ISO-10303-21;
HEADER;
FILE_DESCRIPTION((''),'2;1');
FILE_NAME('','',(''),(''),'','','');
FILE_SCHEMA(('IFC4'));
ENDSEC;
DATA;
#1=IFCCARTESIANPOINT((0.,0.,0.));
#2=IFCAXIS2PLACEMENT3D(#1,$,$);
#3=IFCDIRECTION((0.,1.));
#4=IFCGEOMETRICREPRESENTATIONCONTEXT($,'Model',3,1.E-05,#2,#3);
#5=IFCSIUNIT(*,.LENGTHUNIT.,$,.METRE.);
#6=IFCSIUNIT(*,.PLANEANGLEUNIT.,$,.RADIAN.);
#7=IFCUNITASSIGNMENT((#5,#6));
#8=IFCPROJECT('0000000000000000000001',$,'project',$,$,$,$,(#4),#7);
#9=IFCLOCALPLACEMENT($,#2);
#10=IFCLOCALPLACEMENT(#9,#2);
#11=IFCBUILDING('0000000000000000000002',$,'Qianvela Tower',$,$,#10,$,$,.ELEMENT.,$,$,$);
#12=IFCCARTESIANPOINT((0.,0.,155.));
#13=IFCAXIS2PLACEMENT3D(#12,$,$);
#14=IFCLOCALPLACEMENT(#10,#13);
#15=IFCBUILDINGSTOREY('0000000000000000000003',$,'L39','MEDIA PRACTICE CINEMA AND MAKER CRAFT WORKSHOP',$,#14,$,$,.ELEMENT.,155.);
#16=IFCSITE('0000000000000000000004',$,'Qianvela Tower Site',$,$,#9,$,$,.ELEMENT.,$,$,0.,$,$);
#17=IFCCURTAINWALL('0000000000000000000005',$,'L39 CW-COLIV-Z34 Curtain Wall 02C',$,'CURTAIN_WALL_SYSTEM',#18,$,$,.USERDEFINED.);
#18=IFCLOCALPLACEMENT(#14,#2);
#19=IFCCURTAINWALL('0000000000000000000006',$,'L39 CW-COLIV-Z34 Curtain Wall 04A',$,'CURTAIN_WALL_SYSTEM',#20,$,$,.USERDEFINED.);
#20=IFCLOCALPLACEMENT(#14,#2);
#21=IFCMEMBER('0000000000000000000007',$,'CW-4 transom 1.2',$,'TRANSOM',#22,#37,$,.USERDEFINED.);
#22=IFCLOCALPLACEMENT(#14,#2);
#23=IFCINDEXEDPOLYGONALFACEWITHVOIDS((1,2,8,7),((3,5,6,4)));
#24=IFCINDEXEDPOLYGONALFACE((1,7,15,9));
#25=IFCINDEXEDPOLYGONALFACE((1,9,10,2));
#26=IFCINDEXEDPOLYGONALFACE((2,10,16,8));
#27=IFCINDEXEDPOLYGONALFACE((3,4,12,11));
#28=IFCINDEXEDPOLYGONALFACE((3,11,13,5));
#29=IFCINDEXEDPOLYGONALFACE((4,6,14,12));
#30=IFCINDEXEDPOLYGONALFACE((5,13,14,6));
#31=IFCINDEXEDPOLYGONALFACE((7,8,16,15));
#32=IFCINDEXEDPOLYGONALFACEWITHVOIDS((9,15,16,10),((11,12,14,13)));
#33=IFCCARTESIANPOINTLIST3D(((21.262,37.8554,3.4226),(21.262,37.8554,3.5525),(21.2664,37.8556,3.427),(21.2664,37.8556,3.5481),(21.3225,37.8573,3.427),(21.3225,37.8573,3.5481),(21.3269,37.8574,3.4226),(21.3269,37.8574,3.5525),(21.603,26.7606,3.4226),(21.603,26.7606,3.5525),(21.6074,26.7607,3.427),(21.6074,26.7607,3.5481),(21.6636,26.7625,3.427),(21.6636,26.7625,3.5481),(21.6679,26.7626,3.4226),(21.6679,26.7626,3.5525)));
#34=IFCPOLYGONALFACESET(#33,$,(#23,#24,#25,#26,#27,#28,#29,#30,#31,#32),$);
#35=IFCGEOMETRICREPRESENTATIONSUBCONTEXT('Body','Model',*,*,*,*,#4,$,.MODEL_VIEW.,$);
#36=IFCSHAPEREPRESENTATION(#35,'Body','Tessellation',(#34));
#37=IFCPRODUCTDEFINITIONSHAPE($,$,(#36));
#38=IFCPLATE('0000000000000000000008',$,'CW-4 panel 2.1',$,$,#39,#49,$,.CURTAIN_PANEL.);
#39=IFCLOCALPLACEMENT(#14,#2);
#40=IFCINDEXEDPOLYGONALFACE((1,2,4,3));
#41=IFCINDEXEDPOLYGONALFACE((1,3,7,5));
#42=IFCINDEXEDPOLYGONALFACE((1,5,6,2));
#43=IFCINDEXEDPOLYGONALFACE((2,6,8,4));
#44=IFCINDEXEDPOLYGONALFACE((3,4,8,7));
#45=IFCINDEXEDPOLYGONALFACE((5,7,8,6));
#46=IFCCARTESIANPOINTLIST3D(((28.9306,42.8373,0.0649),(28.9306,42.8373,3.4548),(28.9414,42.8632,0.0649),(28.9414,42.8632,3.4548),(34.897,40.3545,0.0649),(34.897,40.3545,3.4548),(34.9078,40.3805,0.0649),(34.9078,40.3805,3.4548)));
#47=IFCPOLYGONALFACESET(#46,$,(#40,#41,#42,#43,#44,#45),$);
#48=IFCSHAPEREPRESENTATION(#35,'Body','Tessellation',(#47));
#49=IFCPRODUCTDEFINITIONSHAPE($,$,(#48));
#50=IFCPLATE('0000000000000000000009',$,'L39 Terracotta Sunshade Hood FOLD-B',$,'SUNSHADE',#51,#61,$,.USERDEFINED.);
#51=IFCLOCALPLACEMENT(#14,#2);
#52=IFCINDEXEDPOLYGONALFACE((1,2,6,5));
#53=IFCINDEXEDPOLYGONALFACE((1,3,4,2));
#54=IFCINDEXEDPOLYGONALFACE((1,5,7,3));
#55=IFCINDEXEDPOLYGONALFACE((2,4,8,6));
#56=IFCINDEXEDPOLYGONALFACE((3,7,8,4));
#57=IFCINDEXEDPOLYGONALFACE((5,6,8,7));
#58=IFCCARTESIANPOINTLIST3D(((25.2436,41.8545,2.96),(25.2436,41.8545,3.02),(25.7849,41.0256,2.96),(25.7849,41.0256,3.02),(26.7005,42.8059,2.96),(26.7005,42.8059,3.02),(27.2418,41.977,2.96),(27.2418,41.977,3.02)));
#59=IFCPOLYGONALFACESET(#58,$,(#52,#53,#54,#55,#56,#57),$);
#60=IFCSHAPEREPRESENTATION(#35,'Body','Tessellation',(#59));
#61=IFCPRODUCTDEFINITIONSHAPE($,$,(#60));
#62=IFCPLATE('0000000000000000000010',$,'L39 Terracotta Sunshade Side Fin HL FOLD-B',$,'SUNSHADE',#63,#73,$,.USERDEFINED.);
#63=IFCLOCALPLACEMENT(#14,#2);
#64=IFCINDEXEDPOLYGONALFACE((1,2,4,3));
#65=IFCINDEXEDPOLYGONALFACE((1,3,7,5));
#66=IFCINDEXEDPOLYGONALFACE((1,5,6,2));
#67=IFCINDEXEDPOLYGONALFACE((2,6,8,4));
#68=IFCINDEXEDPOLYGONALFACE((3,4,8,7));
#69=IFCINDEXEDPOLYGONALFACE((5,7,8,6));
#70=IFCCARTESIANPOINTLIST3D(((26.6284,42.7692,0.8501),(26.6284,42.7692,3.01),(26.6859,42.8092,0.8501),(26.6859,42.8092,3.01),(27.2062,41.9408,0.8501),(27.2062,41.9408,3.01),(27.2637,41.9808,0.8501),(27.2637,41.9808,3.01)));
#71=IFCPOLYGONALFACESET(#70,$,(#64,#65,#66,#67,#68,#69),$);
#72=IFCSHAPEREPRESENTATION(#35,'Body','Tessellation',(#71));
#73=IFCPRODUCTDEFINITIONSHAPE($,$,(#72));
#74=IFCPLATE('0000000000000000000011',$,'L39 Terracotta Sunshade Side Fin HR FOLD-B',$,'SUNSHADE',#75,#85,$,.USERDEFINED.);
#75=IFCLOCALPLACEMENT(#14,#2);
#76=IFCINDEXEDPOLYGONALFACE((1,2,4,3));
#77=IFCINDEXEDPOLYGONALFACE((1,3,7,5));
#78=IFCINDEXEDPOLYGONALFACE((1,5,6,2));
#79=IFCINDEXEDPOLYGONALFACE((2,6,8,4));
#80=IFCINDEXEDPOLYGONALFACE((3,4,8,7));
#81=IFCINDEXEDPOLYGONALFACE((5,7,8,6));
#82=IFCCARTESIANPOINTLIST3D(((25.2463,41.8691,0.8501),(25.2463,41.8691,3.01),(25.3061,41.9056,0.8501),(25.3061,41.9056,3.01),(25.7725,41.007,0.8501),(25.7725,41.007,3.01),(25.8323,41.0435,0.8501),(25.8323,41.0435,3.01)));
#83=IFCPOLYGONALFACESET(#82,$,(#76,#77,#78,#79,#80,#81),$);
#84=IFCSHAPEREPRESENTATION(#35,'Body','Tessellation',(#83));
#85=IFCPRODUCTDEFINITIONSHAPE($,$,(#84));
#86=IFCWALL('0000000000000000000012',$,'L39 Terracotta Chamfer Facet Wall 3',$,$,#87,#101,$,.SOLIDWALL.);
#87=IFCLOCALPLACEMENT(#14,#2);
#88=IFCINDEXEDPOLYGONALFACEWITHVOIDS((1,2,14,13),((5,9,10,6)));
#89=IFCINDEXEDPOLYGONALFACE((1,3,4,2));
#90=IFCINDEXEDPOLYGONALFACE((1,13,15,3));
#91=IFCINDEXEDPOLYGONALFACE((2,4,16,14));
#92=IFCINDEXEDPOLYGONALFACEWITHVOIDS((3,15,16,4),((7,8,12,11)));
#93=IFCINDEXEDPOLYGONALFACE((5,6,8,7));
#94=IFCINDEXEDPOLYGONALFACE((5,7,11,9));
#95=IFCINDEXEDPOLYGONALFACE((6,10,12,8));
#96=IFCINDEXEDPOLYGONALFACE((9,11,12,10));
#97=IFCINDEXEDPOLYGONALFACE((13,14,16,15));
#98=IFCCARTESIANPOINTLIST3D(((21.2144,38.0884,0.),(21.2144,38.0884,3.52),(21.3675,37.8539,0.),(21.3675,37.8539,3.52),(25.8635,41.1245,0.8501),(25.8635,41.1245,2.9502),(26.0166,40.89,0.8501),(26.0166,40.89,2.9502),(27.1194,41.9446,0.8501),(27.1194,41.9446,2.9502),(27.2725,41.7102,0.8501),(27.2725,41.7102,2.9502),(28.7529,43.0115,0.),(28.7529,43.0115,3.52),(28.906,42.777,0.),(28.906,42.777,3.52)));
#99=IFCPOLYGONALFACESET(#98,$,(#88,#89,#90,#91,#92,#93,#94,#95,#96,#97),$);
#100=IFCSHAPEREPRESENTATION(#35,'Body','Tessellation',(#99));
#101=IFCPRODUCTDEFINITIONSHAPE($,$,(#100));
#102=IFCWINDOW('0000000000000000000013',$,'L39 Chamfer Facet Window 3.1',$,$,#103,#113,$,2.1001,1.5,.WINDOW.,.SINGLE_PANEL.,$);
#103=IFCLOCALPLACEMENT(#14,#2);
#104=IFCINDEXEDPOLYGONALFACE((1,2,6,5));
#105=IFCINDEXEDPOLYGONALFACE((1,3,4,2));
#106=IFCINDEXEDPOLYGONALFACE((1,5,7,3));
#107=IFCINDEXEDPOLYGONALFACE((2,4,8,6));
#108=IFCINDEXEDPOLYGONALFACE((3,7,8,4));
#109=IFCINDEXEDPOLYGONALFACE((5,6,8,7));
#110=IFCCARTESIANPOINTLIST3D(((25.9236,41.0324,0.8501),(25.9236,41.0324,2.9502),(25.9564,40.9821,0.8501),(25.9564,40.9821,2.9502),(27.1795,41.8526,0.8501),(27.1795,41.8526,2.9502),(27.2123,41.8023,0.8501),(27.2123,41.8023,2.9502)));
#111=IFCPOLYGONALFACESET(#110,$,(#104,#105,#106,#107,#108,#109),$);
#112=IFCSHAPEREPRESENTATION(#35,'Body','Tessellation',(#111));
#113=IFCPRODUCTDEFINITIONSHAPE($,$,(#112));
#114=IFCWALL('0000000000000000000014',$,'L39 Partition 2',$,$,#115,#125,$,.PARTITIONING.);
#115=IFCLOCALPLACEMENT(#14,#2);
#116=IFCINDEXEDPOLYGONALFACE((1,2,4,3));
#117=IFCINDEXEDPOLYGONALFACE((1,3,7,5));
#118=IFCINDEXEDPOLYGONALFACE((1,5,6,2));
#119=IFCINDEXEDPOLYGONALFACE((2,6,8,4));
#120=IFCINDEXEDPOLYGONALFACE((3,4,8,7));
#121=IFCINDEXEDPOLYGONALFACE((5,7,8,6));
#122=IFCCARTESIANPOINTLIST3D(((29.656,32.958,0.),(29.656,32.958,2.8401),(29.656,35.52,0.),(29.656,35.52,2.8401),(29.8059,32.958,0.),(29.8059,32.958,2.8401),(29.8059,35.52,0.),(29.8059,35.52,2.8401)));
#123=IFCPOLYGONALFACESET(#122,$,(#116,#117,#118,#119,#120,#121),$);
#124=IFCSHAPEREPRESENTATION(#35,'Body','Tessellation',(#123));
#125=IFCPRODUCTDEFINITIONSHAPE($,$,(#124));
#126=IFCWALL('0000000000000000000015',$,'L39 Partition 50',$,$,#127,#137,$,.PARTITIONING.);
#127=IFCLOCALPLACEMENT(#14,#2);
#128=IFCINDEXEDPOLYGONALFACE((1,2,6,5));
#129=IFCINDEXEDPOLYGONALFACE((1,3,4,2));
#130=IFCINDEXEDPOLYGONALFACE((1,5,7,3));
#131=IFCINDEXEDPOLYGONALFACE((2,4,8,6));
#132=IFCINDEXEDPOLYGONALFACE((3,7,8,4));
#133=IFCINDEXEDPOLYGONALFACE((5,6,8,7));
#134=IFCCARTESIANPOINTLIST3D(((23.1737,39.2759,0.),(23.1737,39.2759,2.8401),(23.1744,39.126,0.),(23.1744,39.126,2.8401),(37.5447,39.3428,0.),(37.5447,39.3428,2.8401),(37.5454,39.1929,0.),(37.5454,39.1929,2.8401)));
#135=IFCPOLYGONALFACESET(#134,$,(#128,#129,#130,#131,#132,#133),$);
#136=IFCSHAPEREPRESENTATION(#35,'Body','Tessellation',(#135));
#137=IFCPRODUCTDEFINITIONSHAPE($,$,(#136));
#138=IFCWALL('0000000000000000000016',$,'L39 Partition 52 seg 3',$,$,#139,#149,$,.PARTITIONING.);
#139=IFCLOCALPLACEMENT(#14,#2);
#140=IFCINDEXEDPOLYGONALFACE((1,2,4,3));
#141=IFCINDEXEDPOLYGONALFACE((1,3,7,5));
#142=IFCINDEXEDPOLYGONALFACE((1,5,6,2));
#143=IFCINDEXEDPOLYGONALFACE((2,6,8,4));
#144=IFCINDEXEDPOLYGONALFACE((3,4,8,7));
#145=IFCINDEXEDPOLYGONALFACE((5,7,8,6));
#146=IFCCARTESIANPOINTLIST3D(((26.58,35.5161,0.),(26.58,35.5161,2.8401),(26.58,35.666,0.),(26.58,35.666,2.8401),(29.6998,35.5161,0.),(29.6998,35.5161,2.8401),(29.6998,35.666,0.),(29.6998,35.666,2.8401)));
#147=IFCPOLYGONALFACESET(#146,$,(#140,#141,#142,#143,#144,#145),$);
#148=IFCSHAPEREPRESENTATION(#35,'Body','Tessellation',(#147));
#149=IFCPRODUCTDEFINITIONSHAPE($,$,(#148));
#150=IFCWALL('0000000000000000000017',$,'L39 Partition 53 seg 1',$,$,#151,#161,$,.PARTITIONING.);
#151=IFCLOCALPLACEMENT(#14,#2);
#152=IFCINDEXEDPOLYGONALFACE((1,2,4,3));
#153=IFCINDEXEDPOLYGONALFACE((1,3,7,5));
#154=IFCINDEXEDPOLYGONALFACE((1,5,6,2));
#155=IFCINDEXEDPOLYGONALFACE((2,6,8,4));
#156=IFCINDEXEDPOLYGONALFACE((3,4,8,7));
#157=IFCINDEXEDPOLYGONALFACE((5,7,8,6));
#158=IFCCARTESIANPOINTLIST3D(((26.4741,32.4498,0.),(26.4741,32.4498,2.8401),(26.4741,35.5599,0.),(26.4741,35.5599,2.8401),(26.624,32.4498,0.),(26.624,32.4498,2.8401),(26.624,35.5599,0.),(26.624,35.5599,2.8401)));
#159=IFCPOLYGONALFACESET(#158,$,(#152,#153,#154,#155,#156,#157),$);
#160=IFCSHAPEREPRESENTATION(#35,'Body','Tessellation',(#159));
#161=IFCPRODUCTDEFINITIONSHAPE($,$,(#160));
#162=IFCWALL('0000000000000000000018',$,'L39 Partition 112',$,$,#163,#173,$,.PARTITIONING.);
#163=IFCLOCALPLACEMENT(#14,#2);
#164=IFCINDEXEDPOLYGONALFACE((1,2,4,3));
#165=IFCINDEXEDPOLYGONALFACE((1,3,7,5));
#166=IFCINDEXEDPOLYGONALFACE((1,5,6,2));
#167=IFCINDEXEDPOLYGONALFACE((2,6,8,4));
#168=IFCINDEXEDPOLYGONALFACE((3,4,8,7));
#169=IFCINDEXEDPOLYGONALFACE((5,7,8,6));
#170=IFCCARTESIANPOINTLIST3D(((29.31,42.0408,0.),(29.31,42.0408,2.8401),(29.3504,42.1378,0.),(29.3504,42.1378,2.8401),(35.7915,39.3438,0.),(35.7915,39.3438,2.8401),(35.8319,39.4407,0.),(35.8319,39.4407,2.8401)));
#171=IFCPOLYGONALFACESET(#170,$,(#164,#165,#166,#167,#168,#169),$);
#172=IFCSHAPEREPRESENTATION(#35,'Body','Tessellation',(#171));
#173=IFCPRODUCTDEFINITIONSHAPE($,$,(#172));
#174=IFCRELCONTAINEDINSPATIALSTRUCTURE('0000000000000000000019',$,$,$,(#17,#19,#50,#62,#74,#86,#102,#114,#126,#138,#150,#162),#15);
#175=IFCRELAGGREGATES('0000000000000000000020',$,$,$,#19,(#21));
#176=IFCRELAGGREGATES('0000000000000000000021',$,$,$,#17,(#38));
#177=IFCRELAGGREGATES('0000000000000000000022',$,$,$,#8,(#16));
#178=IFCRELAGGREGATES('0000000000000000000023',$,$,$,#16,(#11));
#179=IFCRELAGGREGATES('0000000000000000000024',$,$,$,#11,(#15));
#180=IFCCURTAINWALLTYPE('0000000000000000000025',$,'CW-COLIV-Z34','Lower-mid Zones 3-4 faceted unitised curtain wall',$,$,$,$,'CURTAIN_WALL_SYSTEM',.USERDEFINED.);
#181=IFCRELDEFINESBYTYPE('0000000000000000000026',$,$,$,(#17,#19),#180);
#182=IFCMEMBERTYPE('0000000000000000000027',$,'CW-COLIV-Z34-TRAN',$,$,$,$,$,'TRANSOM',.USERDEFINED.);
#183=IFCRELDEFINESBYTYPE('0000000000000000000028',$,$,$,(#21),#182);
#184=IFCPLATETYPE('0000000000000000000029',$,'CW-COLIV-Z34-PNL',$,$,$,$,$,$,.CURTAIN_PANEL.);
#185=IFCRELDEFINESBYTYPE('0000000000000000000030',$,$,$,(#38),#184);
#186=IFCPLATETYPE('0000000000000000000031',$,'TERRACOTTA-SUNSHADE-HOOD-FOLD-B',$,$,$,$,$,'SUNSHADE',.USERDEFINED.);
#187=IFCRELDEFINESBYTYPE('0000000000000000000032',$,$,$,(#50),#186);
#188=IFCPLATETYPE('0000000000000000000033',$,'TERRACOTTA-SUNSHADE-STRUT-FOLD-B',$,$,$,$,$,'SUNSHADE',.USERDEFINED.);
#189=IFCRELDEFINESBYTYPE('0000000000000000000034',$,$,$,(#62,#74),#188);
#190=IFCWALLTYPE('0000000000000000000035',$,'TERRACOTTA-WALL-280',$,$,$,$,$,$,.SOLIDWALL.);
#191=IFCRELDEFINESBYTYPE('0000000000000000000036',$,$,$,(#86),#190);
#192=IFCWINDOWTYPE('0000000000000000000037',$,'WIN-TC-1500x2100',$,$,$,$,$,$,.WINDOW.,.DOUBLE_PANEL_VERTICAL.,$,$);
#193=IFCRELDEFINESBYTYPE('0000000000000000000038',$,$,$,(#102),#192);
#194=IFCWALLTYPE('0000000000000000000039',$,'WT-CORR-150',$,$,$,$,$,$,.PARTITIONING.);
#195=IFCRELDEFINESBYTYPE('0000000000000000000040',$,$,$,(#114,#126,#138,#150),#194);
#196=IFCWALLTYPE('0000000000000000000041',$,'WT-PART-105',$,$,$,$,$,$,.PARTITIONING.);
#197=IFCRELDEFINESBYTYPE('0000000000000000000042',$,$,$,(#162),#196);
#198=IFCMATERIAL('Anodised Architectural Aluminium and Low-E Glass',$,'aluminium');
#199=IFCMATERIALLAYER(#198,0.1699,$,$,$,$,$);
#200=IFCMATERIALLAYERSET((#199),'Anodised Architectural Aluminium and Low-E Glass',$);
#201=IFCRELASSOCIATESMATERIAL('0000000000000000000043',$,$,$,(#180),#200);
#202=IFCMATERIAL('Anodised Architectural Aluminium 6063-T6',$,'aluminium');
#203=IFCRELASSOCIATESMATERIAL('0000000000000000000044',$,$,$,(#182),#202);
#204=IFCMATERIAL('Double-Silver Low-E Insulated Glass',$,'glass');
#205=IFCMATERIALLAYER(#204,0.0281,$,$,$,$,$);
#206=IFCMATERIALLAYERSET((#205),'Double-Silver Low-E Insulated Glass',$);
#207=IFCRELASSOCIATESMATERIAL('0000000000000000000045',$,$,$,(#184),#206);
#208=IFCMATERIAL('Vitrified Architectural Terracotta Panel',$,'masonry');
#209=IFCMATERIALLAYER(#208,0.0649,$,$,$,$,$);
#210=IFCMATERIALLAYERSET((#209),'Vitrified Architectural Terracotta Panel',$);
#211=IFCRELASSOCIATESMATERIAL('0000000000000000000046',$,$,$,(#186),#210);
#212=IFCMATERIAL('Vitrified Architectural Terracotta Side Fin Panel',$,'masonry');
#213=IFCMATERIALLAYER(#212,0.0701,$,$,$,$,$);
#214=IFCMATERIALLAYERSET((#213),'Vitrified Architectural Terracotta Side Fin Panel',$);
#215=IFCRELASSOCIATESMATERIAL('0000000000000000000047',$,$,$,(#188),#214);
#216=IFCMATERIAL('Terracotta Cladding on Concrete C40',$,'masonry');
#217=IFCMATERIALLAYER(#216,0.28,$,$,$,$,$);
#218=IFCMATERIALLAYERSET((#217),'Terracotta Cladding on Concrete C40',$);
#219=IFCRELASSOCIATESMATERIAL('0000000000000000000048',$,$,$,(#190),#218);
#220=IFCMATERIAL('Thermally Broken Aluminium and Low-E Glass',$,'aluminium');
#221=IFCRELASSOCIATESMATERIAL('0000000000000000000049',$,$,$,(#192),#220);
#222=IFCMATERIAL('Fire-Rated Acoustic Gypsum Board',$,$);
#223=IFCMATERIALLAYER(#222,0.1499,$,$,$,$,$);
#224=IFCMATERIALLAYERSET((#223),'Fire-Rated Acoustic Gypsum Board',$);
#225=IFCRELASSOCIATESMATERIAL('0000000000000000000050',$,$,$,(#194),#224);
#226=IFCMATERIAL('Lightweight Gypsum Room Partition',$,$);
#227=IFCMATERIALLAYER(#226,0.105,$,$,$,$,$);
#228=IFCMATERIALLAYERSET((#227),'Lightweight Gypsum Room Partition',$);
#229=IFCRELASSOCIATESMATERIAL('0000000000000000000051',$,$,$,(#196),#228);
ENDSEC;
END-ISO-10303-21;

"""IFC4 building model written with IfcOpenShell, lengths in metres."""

from ifc_helpers import new_model, si_unit, direction, frame, frame_2d, origin, origin_2d, place, context, subcontext, project, spatial, rectangle, hollow_rectangle, extrude, material, layer, layer_set, material_profile, profile_set, type_object, element, fill, aggregate, save


model = new_model("IFC4")

# Units and contexts
model_context = context("Model", 3, precision=1e-05, world=origin(), true_north=direction((0.0, 1.0)))
body_context = subcontext(model_context, "Body", "Model", "MODEL_VIEW")
ifc_project = project(units=[si_unit("LENGTHUNIT", "METRE"), si_unit("PLANEANGLEUNIT", "RADIAN")], contexts=[model_context])

# Site, building, storey
site_placement = place(None, origin())
site = spatial("IfcSite", under=ifc_project, at=site_placement, Name="Qianvela Tower Site", CompositionType="ELEMENT", RefElevation=0.0)
building_placement = place(site_placement, origin())
building = spatial("IfcBuilding", under=site, at=building_placement, Name="Qianvela Tower", CompositionType="ELEMENT")
storey_placement = place(building_placement, frame((0.0, 0.0, 155.0)))
storey = spatial("IfcBuildingStorey", under=building, at=storey_placement, Name="L39", Description="MEDIA PRACTICE CINEMA AND MAKER CRAFT WORKSHOP", CompositionType="ELEMENT", Elevation=155.0)

# Curtain wall
ifc_material_1 = material(Name="Anodised Architectural Aluminium and Low-E Glass", Category="aluminium")
ifc_layer_1 = layer(ifc_material_1, 0.1699)
ifc_layer_set_1 = layer_set([ifc_layer_1], Name="Anodised Architectural Aluminium and Low-E Glass")
curtain_wall_type = type_object("IfcCurtainWallType", Name="CW-COLIV-Z34", Description="Lower-mid Zones 3-4 faceted unitised curtain wall", ElementType="CURTAIN_WALL_SYSTEM", PredefinedType="USERDEFINED", material=ifc_layer_set_1)
curtain_wall_1_placement = place(storey_placement, origin())
curtain_wall_1 = element("IfcCurtainWall", 1, at=curtain_wall_1_placement, inside=storey, type_object=curtain_wall_type, Name="L39 CW-COLIV-Z34 Curtain Wall 02C", ObjectType="CURTAIN_WALL_SYSTEM", PredefinedType="USERDEFINED")

# Curtain wall, member
curtain_wall_2_placement = place(storey_placement, origin())
curtain_wall_2 = element("IfcCurtainWall", 2, at=curtain_wall_2_placement, inside=storey, type_object=curtain_wall_type, Name="L39 CW-COLIV-Z34 Curtain Wall 04A", ObjectType="CURTAIN_WALL_SYSTEM", PredefinedType="USERDEFINED")
ifc_material_2 = material(Name="Anodised Architectural Aluminium 6063-T6", Category="aluminium")
ifc_material_profile_1 = material_profile(ifc_material_2, hollow_rectangle(XDim=0.0649, YDim=0.1299, WallThickness=0.0044, at=origin_2d()), Name="ALU-TRAN-65x130")
ifc_profile_set_1 = profile_set([ifc_material_profile_1], Name="Anodised Architectural Aluminium 6063-T6")
member_type_1 = type_object("IfcMemberType", Name="CW-COLIV-Z34-TRAN", ElementType="TRANSOM", PredefinedType="USERDEFINED", material=ifc_profile_set_1)
member_1_placement = place(storey_placement, frame((21.2944, 37.8564, 3.4875), z_axis=(0.030726, -0.999528, 0.0), x_axis=(0.999528, 0.030726, 0.0)))
member_1 = element("IfcMember", 3, at=member_1_placement, type_object=member_type_1, Name="CW-4 transom 1.2", ObjectType="TRANSOM", PredefinedType="USERDEFINED", context=body_context, shape_type="SweptSolid", body=[
    extrude(hollow_rectangle(XDim=0.0649, YDim=0.1299, WallThickness=0.0044, at=origin_2d()), origin(), (0.0, 0.0, 1.0), 11.1001),
])
aggregate(curtain_wall_2, [member_1])

# Plate
ifc_material_3 = material(Name="Double-Silver Low-E Insulated Glass", Category="glass")
ifc_layer_2 = layer(ifc_material_3, 0.0281)
ifc_layer_set_2 = layer_set([ifc_layer_2], Name="Double-Silver Low-E Insulated Glass")
plate_type_1 = type_object("IfcPlateType", Name="CW-COLIV-Z34-PNL", PredefinedType="CURTAIN_PANEL", material=ifc_layer_set_2)
plate_1_placement = place(storey_placement, frame((31.9192, 41.6089, 0.0649), z_axis=(0.0, 0.0, 1.0), x_axis=(-0.923255, 0.384187, 0.0)))
plate_1 = element("IfcPlate", 4, at=plate_1_placement, type_object=plate_type_1, Name="CW-4 panel 2.1", PredefinedType="CURTAIN_PANEL", context=body_context, shape_type="SweptSolid", body=[
    extrude(rectangle(XDim=6.4624, YDim=0.0281, at=origin_2d()), origin(), (0.0, 0.0, 1.0), 3.3899),
])
aggregate(curtain_wall_1, [plate_1])

# Plates
ifc_material_4 = material(Name="Vitrified Architectural Terracotta Panel", Category="masonry")
ifc_layer_3 = layer(ifc_material_4, 0.0649)
ifc_layer_set_3 = layer_set([ifc_layer_3], Name="Vitrified Architectural Terracotta Panel")
plate_type_2 = type_object("IfcPlateType", Name="TERRACOTTA-SUNSHADE-HOOD-FOLD-B", ElementType="SUNSHADE", PredefinedType="USERDEFINED", material=ifc_layer_set_3)
plate_2_placement = place(storey_placement, frame((26.2427, 41.9158, 2.96), z_axis=(0.0, 0.0, 1.0), x_axis=(-0.837281, -0.546773, 0.0)))
element("IfcPlate", 5, at=plate_2_placement, inside=storey, type_object=plate_type_2, Name="L39 Terracotta Sunshade Hood FOLD-B", ObjectType="SUNSHADE", PredefinedType="USERDEFINED", context=body_context, shape_type="SweptSolid", body=[
    extrude(rectangle(XDim=1.74, YDim=0.99, at=origin_2d()), origin(), (0.0, 0.0, 1.0), 0.0601),
])
ifc_material_5 = material(Name="Vitrified Architectural Terracotta Side Fin Panel", Category="masonry")
ifc_layer_4 = layer(ifc_material_5, 0.0701)
ifc_layer_set_4 = layer_set([ifc_layer_4], Name="Vitrified Architectural Terracotta Side Fin Panel")
plate_type_3 = type_object("IfcPlateType", Name="TERRACOTTA-SUNSHADE-STRUT-FOLD-B", ElementType="SUNSHADE", PredefinedType="USERDEFINED", material=ifc_layer_set_4)
for number, where, z_axis, x_axis, name in (
    (6, (26.946, 42.375, 0.8501), (0.0, 0.0, 1.0), (-0.820193, -0.572087, 0.0), "L39 Terracotta Sunshade Side Fin HL FOLD-B"),
    (7, (25.5393, 41.4563, 0.8501), (0.0, 0.0, 1.0), (-0.853588, -0.520949, 0.0), "L39 Terracotta Sunshade Side Fin HR FOLD-B"),
):
    element("IfcPlate", number, at=place(storey_placement, frame(where, z_axis=z_axis, x_axis=x_axis)), inside=storey, type_object=plate_type_3, Name=name, ObjectType="SUNSHADE", PredefinedType="USERDEFINED", context=body_context, shape_type="SweptSolid", body=[
        extrude(rectangle(XDim=0.0701, YDim=1.01, at=origin_2d()), origin(), (0.0, 0.0, 1.0), 2.1599),
    ])

# Wall, opening, window
ifc_material_6 = material(Name="Terracotta Cladding on Concrete C40", Category="masonry")
ifc_layer_5 = layer(ifc_material_6, 0.28)
ifc_layer_set_5 = layer_set([ifc_layer_5], Name="Terracotta Cladding on Concrete C40")
wall_type_1 = type_object("IfcWallType", Name="TERRACOTTA-WALL-280", PredefinedType="SOLIDWALL", material=ifc_layer_set_5)
wall_1_placement = place(storey_placement, frame((28.8296, 42.8943, 0.0), z_axis=(0.0, 0.0, 1.0), x_axis=(-0.837273, -0.546785, 0.0)))
wall_1 = element("IfcWall", 8, at=wall_1_placement, inside=storey, type_object=wall_type_1, Name="L39 Terracotta Chamfer Facet Wall 3", PredefinedType="SOLIDWALL", context=body_context, shape_type="SweptSolid", body=[
    extrude(rectangle(XDim=9.0037, YDim=0.28, at=frame_2d((4.502, 0.0))), origin(), (0.0, 0.0, 1.0), 3.52),
])
opening_1_placement = place(wall_1_placement, frame((1.9512, 0.0, 0.8501)))
opening_1 = element("IfcOpeningElement", 9, at=opening_1_placement, cuts=wall_1, PredefinedType="OPENING", context=body_context, shape_type="SweptSolid", body=[
    extrude(rectangle(XDim=1.5, YDim=2.1001, at=frame_2d((0.75, 1.05))), frame((0.0, 0.1499, 0.0), z_axis=(0.0, -1.0, 0.0), x_axis=(1.0, 0.0, 0.0)), (0.0, 0.0, 1.0), 0.3),
])
ifc_material_7 = material(Name="Thermally Broken Aluminium and Low-E Glass", Category="aluminium")
window_type = type_object("IfcWindowType", Name="WIN-TC-1500x2100", PartitioningType="DOUBLE_PANEL_VERTICAL", PredefinedType="WINDOW", material=ifc_material_7)
window_placement = place(opening_1_placement, origin())
window = element("IfcWindow", 10, at=window_placement, inside=storey, type_object=window_type, Name="L39 Chamfer Facet Window 3.1", OverallHeight=2.1001, OverallWidth=1.5, PartitioningType="SINGLE_PANEL", PredefinedType="WINDOW", context=body_context, shape_type="SweptSolid", body=[
    extrude(rectangle(XDim=1.5, YDim=2.1001, at=frame_2d((0.75, 1.05))), frame((0.0, 0.03, 0.0), z_axis=(0.0, -1.0, 0.0), x_axis=(1.0, 0.0, 0.0)), (0.0, 0.0, 1.0), 0.0601),
])
fill(opening_1, window)

# Wall
ifc_material_8 = material(Name="Fire-Rated Acoustic Gypsum Board")
ifc_layer_6 = layer(ifc_material_8, 0.1499)
ifc_layer_set_6 = layer_set([ifc_layer_6], Name="Fire-Rated Acoustic Gypsum Board")
wall_type_2 = type_object("IfcWallType", Name="WT-CORR-150", PredefinedType="PARTITIONING", material=ifc_layer_set_6)
wall_2_placement = place(storey_placement, frame((29.731, 32.958, 0.0), z_axis=(0.0, 0.0, 1.0), x_axis=(0.0, 1.0, 0.0)))
element("IfcWall", 11, at=wall_2_placement, inside=storey, type_object=wall_type_2, Name="L39 Partition 2", PredefinedType="PARTITIONING", context=body_context, shape_type="SweptSolid", body=[
    extrude(rectangle(XDim=2.562, YDim=0.1499, at=frame_2d((1.281, 0.0))), origin(), (0.0, 0.0, 1.0), 2.8401),
])

# Walls
wall_3_placement = place(storey_placement, frame((23.1741, 39.2009, 0.0), z_axis=(0.0, 0.0, 1.0), x_axis=(0.999989, 0.004655, 0.0)))
element("IfcWall", 12, at=wall_3_placement, inside=storey, type_object=wall_type_2, Name="L39 Partition 50", PredefinedType="PARTITIONING", context=body_context, shape_type="SweptSolid", body=[
    extrude(rectangle(XDim=14.3711, YDim=0.1499, at=frame_2d((7.1855, 0.0))), origin(), (0.0, 0.0, 1.0), 2.8401),
])
wall_4_placement = place(storey_placement, frame((29.7, 35.5911, 0.0), z_axis=(0.0, 0.0, 1.0), x_axis=(-1.0, 0.0, 0.0)))
element("IfcWall", 13, at=wall_4_placement, inside=storey, type_object=wall_type_2, Name="L39 Partition 52 seg 3", PredefinedType="PARTITIONING", context=body_context, shape_type="SweptSolid", body=[
    extrude(rectangle(XDim=3.1199, YDim=0.1499, at=frame_2d((1.5601, 0.0))), origin(), (0.0, 0.0, 1.0), 2.8401),
])
wall_5_placement = place(storey_placement, frame((26.5491, 35.5601, 0.0), z_axis=(0.0, 0.0, 1.0), x_axis=(0.0, -1.0, 0.0)))
element("IfcWall", 14, at=wall_5_placement, inside=storey, type_object=wall_type_2, Name="L39 Partition 53 seg 1", PredefinedType="PARTITIONING", context=body_context, shape_type="SweptSolid", body=[
    extrude(rectangle(XDim=3.1101, YDim=0.1499, at=frame_2d((1.5552, 0.0))), origin(), (0.0, 0.0, 1.0), 2.8401),
])
ifc_material_9 = material(Name="Lightweight Gypsum Room Partition")
ifc_layer_7 = layer(ifc_material_9, 0.105)
ifc_layer_set_7 = layer_set([ifc_layer_7], Name="Lightweight Gypsum Room Partition")
wall_type_3 = type_object("IfcWallType", Name="WT-PART-105", PredefinedType="PARTITIONING", material=ifc_layer_set_7)
wall_6_placement = place(storey_placement, frame((29.3301, 42.0894, 0.0), z_axis=(0.0, 0.0, 1.0), x_axis=(0.923258, -0.384181, 0.0)))
element("IfcWall", 15, at=wall_6_placement, inside=storey, type_object=wall_type_3, Name="L39 Partition 112", PredefinedType="PARTITIONING", context=body_context, shape_type="SweptSolid", body=[
    extrude(rectangle(XDim=7.0203, YDim=0.105, at=frame_2d((3.5103, 0.0))), origin(), (0.0, 0.0, 1.0), 2.8401),
])

save(model, "model.ifc")
